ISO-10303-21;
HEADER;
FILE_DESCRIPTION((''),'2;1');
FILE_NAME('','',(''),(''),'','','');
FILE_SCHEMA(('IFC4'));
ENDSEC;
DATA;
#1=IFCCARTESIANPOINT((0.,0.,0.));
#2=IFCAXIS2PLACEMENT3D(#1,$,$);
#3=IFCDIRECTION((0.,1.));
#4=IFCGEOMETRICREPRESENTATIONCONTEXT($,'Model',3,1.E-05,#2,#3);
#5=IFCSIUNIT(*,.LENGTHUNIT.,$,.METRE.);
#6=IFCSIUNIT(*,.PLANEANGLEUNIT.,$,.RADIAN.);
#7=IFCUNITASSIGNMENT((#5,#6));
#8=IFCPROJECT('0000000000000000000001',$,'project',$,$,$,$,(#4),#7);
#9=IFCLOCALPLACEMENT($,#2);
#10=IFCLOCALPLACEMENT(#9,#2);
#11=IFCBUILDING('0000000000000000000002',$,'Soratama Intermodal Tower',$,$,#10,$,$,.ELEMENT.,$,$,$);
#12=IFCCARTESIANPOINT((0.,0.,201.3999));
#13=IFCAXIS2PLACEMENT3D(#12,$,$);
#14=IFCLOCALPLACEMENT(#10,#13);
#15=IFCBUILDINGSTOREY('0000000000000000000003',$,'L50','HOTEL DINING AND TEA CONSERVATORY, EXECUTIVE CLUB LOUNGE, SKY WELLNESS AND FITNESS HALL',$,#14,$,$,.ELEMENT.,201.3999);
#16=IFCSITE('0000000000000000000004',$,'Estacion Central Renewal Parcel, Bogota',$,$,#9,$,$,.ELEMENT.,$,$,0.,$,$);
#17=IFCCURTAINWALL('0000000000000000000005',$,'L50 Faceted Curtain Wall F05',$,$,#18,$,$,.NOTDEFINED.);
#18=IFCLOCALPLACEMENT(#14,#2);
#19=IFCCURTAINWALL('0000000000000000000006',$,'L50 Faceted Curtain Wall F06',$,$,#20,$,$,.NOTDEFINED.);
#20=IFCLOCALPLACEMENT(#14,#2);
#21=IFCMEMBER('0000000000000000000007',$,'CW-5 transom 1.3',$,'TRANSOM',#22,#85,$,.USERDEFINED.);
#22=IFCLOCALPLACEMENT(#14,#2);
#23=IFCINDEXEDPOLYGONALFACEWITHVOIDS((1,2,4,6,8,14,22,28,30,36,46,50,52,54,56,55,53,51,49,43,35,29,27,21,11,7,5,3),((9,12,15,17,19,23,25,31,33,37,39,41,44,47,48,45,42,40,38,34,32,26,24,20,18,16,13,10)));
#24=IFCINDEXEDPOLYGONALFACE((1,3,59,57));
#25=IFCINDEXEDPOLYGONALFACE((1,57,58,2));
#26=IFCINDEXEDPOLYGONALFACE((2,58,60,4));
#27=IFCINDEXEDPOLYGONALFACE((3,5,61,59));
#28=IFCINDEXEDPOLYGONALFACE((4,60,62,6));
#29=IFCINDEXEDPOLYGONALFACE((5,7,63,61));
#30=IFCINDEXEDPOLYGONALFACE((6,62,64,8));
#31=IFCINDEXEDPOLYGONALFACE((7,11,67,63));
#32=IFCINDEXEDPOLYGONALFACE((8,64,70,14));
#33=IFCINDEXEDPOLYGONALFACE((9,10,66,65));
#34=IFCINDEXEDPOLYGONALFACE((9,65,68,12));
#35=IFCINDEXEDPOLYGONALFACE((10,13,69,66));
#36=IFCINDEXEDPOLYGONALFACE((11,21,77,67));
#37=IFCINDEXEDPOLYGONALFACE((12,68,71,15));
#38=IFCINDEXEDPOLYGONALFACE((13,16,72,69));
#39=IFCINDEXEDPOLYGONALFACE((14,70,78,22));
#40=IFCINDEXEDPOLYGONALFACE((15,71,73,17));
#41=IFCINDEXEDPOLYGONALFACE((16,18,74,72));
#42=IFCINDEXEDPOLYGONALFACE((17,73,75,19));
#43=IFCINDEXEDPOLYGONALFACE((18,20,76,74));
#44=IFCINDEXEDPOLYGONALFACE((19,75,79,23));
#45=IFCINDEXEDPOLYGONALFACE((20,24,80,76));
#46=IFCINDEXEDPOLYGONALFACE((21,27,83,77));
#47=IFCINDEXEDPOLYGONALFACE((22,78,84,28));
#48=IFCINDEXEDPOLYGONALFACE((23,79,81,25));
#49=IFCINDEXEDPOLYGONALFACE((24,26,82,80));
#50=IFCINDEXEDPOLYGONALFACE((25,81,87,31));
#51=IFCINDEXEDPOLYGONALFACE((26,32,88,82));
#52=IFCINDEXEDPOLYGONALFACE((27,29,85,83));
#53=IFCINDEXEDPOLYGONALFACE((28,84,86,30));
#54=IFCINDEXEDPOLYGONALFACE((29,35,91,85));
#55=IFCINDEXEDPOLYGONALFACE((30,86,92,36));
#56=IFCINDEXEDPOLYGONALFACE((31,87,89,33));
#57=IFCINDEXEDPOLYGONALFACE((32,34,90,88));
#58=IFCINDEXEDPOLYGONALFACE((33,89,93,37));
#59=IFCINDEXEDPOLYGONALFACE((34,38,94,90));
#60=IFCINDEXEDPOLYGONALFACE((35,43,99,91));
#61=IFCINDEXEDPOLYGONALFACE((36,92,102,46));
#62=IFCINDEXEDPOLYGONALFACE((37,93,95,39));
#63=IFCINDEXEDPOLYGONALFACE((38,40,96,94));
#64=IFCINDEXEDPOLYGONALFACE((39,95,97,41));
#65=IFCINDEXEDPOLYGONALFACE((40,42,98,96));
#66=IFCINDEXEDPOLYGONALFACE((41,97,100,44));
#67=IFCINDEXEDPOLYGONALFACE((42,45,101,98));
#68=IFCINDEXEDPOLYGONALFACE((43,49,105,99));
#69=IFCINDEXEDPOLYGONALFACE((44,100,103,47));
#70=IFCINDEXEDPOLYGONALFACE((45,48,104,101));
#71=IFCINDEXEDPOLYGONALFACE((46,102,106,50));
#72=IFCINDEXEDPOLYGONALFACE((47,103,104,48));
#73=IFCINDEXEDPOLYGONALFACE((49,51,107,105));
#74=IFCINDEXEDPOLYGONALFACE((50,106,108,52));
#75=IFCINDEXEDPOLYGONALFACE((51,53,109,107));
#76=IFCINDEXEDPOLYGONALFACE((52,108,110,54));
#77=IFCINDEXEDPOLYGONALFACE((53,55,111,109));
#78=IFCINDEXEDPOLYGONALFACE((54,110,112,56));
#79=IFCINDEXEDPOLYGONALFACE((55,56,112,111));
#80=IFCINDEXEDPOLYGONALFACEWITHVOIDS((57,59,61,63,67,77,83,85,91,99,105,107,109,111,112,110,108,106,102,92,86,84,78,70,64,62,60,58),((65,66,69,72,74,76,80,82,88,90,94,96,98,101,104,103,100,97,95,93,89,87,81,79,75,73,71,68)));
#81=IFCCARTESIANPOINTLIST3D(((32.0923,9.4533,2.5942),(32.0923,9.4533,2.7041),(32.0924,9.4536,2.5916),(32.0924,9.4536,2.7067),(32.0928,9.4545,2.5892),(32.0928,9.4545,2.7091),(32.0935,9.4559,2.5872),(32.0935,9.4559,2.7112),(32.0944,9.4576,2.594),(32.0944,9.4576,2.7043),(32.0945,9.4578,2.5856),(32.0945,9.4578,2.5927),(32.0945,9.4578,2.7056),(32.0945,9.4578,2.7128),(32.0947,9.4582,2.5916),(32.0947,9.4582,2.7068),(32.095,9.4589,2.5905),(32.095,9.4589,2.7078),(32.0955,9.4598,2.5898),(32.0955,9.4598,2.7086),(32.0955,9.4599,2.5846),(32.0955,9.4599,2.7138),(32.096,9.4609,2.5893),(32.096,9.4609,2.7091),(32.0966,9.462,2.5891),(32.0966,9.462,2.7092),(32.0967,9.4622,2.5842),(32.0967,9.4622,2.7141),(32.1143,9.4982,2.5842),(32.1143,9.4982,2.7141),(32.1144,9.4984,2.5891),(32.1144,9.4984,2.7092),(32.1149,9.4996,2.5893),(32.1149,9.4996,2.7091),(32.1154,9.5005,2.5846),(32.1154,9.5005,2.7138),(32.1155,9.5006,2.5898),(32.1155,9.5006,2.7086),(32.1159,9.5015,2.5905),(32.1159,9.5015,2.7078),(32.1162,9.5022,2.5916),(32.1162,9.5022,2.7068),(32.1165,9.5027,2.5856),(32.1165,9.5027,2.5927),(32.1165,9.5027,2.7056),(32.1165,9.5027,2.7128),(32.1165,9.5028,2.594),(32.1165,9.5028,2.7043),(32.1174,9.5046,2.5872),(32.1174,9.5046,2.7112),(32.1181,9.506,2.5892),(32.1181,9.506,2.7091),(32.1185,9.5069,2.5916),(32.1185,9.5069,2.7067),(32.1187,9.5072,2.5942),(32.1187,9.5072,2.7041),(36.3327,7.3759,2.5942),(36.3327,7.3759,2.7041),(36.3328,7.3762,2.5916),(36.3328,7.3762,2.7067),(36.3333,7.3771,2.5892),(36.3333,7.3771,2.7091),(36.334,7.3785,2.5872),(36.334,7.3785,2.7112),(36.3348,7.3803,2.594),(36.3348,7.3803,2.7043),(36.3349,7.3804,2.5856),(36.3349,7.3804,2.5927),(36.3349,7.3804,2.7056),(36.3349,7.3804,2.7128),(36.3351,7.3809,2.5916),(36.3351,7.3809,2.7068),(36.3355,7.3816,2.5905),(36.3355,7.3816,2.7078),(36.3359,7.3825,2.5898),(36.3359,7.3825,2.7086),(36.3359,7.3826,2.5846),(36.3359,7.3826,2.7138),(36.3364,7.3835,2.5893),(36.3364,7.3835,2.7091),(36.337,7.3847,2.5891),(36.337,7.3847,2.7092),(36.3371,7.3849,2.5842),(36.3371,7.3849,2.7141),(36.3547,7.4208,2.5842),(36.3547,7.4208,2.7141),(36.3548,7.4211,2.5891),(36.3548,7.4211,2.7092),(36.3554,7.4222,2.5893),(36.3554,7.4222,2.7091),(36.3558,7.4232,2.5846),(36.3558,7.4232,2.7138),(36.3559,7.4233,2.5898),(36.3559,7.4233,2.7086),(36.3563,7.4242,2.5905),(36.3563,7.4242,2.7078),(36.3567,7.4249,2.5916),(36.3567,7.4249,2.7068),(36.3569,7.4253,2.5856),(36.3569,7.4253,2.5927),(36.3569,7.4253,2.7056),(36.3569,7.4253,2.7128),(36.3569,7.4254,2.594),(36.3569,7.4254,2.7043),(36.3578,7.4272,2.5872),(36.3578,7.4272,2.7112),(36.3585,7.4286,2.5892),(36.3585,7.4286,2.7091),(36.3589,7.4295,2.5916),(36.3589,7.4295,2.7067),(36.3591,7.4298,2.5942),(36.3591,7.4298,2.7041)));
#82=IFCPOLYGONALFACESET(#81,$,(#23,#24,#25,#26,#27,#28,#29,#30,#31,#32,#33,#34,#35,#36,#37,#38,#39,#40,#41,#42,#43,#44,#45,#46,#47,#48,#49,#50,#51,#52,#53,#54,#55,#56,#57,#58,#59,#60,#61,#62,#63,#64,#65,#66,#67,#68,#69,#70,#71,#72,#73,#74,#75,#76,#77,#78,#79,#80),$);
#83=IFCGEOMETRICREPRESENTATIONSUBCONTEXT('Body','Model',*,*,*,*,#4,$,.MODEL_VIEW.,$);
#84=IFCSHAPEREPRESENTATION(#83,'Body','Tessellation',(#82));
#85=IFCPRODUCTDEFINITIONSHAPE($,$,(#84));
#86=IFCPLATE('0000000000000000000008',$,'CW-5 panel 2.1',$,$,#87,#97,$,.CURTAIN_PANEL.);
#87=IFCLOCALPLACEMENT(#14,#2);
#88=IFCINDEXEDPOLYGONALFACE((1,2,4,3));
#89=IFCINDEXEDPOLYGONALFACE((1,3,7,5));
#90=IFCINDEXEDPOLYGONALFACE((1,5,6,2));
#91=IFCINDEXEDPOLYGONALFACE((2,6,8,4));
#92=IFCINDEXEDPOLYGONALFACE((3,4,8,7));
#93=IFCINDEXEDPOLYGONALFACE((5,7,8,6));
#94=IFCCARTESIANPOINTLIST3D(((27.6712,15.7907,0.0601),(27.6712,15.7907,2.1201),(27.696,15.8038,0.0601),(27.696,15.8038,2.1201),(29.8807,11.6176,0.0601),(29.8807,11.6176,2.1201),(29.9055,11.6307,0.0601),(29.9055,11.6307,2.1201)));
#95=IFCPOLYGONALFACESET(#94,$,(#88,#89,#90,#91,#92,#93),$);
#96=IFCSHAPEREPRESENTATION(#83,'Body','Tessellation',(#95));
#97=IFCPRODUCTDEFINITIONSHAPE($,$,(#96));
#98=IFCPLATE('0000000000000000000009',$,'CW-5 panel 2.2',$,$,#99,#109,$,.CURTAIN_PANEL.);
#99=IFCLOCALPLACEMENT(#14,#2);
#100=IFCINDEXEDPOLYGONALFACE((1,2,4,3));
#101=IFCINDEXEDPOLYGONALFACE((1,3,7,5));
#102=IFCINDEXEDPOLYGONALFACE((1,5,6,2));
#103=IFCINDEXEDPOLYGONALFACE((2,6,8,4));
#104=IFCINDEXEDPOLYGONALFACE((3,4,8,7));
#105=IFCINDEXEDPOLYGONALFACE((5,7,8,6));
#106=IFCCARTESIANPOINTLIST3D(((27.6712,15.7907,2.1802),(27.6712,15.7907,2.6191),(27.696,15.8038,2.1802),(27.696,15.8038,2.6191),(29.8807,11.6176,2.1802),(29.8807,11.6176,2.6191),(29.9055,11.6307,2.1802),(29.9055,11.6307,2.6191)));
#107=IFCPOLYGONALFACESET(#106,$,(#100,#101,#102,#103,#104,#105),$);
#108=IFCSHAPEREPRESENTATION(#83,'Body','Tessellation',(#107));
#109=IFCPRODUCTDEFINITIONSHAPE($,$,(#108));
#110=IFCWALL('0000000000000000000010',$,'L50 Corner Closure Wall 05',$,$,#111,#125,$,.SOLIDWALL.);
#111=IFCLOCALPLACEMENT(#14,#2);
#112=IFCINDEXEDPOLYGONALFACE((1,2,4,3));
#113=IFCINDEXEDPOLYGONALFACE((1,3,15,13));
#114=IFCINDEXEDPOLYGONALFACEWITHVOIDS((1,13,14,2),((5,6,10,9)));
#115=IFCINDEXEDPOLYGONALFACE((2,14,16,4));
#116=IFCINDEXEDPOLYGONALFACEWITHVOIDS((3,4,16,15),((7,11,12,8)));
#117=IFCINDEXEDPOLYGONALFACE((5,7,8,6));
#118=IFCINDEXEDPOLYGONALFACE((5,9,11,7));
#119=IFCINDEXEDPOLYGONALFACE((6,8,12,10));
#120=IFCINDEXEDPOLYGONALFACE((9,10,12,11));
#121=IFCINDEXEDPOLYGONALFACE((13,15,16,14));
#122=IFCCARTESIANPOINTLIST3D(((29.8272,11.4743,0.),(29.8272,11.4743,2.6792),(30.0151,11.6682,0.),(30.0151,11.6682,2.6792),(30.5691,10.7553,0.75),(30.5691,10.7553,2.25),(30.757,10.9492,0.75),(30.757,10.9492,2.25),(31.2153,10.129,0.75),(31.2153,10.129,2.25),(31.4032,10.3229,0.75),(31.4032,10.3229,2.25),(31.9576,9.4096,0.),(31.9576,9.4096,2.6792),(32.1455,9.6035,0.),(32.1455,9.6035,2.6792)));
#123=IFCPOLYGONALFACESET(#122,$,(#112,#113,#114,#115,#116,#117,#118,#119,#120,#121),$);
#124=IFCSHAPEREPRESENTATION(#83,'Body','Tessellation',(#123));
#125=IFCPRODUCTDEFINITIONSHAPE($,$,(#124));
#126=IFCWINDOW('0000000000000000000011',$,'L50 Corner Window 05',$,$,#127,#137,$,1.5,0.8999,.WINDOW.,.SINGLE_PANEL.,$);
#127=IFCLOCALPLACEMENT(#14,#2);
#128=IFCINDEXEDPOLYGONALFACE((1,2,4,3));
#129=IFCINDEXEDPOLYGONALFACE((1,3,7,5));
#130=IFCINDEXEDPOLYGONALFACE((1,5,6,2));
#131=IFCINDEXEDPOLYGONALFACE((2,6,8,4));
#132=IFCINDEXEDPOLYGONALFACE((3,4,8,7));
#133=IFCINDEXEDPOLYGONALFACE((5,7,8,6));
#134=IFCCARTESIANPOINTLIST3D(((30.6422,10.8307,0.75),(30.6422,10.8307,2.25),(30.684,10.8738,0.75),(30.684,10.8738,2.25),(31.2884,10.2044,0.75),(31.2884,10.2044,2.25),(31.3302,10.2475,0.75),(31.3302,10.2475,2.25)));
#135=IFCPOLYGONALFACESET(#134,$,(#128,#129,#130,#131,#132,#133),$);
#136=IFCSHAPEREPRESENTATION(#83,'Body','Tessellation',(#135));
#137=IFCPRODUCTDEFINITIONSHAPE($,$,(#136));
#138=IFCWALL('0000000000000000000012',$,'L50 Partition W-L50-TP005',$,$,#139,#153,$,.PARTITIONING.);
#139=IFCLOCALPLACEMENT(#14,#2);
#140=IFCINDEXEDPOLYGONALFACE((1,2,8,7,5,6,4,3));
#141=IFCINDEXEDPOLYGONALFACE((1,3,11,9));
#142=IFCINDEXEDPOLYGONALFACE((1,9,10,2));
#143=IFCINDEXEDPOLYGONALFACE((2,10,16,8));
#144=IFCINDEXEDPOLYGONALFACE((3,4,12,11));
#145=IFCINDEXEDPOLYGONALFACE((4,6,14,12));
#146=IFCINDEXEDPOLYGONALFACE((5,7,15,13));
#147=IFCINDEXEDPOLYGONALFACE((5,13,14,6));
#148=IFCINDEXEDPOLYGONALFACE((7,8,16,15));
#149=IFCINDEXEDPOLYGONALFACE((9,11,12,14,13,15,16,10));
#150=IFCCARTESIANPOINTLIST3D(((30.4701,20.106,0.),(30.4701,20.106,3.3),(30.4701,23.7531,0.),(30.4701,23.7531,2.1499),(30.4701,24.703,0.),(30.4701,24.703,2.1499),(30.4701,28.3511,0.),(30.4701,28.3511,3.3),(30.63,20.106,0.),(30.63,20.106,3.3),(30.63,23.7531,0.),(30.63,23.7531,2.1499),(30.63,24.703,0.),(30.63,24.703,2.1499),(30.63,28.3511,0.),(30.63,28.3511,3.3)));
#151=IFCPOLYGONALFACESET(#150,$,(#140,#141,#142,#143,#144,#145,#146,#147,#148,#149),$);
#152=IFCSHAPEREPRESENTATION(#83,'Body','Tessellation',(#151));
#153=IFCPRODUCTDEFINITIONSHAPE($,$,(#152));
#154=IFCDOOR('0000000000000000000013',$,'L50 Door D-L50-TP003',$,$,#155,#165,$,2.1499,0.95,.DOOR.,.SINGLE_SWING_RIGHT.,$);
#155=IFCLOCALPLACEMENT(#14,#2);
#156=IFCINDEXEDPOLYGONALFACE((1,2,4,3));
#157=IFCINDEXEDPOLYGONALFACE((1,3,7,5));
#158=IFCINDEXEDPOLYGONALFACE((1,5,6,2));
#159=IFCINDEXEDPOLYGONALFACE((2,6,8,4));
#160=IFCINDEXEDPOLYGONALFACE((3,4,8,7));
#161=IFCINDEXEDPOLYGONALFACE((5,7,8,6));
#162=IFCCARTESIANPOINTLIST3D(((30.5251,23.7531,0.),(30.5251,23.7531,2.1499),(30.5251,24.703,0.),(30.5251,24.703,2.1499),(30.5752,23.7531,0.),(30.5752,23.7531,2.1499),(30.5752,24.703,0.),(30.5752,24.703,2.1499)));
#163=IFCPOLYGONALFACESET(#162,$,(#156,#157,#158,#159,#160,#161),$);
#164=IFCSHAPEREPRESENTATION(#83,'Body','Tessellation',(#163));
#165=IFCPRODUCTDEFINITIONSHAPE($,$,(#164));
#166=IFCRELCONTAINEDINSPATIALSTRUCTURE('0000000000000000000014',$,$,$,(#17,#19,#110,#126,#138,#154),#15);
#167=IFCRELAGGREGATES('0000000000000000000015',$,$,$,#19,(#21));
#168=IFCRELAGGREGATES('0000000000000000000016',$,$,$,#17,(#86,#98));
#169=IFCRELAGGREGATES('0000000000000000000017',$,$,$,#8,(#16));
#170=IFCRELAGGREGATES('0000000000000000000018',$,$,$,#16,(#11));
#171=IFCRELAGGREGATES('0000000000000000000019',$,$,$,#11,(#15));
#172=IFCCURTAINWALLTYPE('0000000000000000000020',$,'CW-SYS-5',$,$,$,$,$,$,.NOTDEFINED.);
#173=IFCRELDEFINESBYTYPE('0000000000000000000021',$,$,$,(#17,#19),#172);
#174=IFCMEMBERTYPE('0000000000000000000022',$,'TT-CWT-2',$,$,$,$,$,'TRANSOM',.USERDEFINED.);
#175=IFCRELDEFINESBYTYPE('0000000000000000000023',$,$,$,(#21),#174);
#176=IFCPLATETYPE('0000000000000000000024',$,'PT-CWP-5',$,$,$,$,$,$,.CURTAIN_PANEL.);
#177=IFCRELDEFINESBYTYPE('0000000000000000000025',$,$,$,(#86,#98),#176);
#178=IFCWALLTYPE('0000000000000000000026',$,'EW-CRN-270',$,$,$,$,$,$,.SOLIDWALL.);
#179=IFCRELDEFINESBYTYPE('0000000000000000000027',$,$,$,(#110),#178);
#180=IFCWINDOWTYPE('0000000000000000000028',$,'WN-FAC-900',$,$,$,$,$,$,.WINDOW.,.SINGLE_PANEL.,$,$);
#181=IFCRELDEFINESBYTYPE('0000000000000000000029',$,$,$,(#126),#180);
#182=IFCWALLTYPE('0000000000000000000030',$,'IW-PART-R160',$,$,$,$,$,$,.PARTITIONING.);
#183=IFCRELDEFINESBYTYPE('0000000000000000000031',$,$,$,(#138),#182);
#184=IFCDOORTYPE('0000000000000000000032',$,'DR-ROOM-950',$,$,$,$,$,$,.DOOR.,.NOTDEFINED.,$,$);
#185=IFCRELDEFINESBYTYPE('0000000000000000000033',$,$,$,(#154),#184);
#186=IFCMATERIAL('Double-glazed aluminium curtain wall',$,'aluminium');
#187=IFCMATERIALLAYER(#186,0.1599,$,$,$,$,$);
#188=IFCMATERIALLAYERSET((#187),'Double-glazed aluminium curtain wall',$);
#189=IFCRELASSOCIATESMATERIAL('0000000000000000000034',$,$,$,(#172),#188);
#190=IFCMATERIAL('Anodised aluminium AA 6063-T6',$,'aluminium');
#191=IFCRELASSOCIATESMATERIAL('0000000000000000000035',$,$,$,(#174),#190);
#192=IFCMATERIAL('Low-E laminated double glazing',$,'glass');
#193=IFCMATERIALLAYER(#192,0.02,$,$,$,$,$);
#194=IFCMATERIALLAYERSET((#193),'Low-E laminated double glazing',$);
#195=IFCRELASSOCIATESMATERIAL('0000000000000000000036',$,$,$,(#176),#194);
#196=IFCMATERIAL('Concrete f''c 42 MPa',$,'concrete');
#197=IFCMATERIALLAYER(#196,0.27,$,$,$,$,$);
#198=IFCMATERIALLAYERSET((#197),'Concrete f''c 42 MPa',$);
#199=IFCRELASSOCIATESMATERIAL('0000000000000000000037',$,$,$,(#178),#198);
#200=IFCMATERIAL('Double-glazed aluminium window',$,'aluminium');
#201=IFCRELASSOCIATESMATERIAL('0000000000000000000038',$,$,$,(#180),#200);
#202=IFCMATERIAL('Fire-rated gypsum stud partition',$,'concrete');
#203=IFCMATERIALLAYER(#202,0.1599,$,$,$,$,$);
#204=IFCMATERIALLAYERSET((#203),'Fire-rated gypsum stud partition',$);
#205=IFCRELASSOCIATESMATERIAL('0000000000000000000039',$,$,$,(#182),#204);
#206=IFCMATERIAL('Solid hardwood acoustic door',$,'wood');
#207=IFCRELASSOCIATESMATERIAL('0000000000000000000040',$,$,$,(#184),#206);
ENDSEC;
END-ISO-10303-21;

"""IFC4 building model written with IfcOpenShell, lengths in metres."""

from ifc_helpers import new_model, si_unit, direction, frame, frame_2d, origin, origin_2d, place, context, subcontext, project, spatial, rectangle, hollow_rectangle, extrude, material, layer, layer_set, material_profile, profile_set, type_object, element, fill, aggregate, save


model = new_model("IFC4")

# Units and contexts
model_context = context("Model", 3, precision=1e-05, world=origin(), true_north=direction((0.0, 1.0)))
body_context = subcontext(model_context, "Body", "Model", "MODEL_VIEW")
ifc_project = project(units=[si_unit("LENGTHUNIT", "METRE"), si_unit("PLANEANGLEUNIT", "RADIAN")], contexts=[model_context])

# Site, building, storey
site_placement = place(None, origin())
site = spatial("IfcSite", under=ifc_project, at=site_placement, Name="Estacion Central Renewal Parcel, Bogota", CompositionType="ELEMENT", RefElevation=0.0)
building_placement = place(site_placement, origin())
building = spatial("IfcBuilding", under=site, at=building_placement, Name="Soratama Intermodal Tower", CompositionType="ELEMENT")
storey_placement = place(building_placement, frame((0.0, 0.0, 201.3999)))
storey = spatial("IfcBuildingStorey", under=building, at=storey_placement, Name="L50", Description="HOTEL DINING AND TEA CONSERVATORY, EXECUTIVE CLUB LOUNGE, SKY WELLNESS AND FITNESS HALL", CompositionType="ELEMENT", Elevation=201.3999)

# Curtain wall
ifc_material_1 = material(Name="Double-glazed aluminium curtain wall", Category="aluminium")
ifc_layer_1 = layer(ifc_material_1, 0.1599)
ifc_layer_set_1 = layer_set([ifc_layer_1], Name="Double-glazed aluminium curtain wall")
curtain_wall_type = type_object("IfcCurtainWallType", Name="CW-SYS-5", PredefinedType="NOTDEFINED", material=ifc_layer_set_1)
curtain_wall_1_placement = place(storey_placement, origin())
curtain_wall_1 = element("IfcCurtainWall", 1, at=curtain_wall_1_placement, inside=storey, type_object=curtain_wall_type, Name="L50 Faceted Curtain Wall F05", PredefinedType="NOTDEFINED")

# Curtain wall
curtain_wall_2_placement = place(storey_placement, origin())
curtain_wall_2 = element("IfcCurtainWall", 2, at=curtain_wall_2_placement, inside=storey, type_object=curtain_wall_type, Name="L50 Faceted Curtain Wall F06", PredefinedType="NOTDEFINED")

# Member
ifc_material_2 = material(Name="Anodised aluminium AA 6063-T6", Category="aluminium")
ifc_material_profile_1 = material_profile(ifc_material_2, hollow_rectangle(XDim=0.0601, YDim=0.1299, WallThickness=0.0049, InnerFilletRadius=0.0049, OuterFilletRadius=0.01, at=origin_2d()), Name="CWT130X60X5")
ifc_profile_set_1 = profile_set([ifc_material_profile_1], Name="Anodised aluminium AA 6063-T6")
member_type_1 = type_object("IfcMemberType", Name="TT-CWT-2", ElementType="TRANSOM", PredefinedType="USERDEFINED", material=ifc_profile_set_1)
member_1_placement = place(storey_placement, frame((32.1055, 9.4802, 2.6492), z_axis=(0.898027, -0.43994, 0.0), x_axis=(0.43994, 0.898027, 0.0)))
member_1 = element("IfcMember", 3, at=member_1_placement, type_object=member_type_1, Name="CW-5 transom 1.3", ObjectType="TRANSOM", PredefinedType="USERDEFINED", context=body_context, shape_type="SweptSolid", body=[
    extrude(hollow_rectangle(XDim=0.0601, YDim=0.1299, WallThickness=0.0049, InnerFilletRadius=0.0049, OuterFilletRadius=0.01, at=origin_2d()), origin(), (0.0, 0.0, 1.0), 4.7219),
])
aggregate(curtain_wall_2, [member_1])

# Plates
ifc_material_3 = material(Name="Low-E laminated double glazing", Category="glass")
ifc_layer_2 = layer(ifc_material_3, 0.02)
ifc_layer_set_2 = layer_set([ifc_layer_2], Name="Low-E laminated double glazing")
plate_type = type_object("IfcPlateType", Name="PT-CWP-5", PredefinedType="CURTAIN_PANEL", material=ifc_layer_set_2)
plate_1_placement = place(storey_placement, frame((28.7883, 13.7107, 0.0601), z_axis=(0.0, 0.0, 1.0), x_axis=(0.467932, -0.883765, 0.0)))
plate_1 = element("IfcPlate", 4, at=plate_1_placement, type_object=plate_type, Name="CW-5 panel 2.1", PredefinedType="CURTAIN_PANEL", context=body_context, shape_type="SweptSolid", body=[
    extrude(rectangle(XDim=4.7219, YDim=0.0281, at=origin_2d()), origin(), (0.0, 0.0, 1.0), 2.0601),
])
plate_2_placement = place(storey_placement, frame((28.7883, 13.7107, 2.1802), z_axis=(0.0, 0.0, 1.0), x_axis=(0.467932, -0.883765, 0.0)))
plate_2 = element("IfcPlate", 5, at=plate_2_placement, type_object=plate_type, Name="CW-5 panel 2.2", PredefinedType="CURTAIN_PANEL", context=body_context, shape_type="SweptSolid", body=[
    extrude(rectangle(XDim=4.7219, YDim=0.0281, at=origin_2d()), origin(), (0.0, 0.0, 1.0), 0.439),
])
aggregate(curtain_wall_1, [plate_1, plate_2])

# Wall, opening, window
ifc_material_4 = material(Name="Concrete f'c 42 MPa", Category="concrete")
ifc_layer_3 = layer(ifc_material_4, 0.27)
ifc_layer_set_3 = layer_set([ifc_layer_3], Name="Concrete f'c 42 MPa")
wall_type_1 = type_object("IfcWallType", Name="EW-CRN-270", PredefinedType="SOLIDWALL", material=ifc_layer_set_3)
wall_1_placement = place(storey_placement, frame((29.9211, 11.5713, 0.0), z_axis=(0.0, 0.0, 1.0), x_axis=(0.718089, -0.695952, 0.0)))
wall_1 = element("IfcWall", 6, at=wall_1_placement, inside=storey, type_object=wall_type_1, Name="L50 Corner Closure Wall 05", PredefinedType="SOLIDWALL", context=body_context, shape_type="SweptSolid", body=[
    extrude(rectangle(XDim=2.9668, YDim=0.27, at=frame_2d((1.4834, 0.0))), origin(), (0.0, 0.0, 1.0), 2.6792),
])
opening_1_placement = place(wall_1_placement, frame((1.0332, 0.0, 0.75)))
opening_1 = element("IfcOpeningElement", 7, at=opening_1_placement, cuts=wall_1, PredefinedType="OPENING", context=body_context, shape_type="SweptSolid", body=[
    extrude(rectangle(XDim=0.8999, YDim=1.5, at=frame_2d((0.45, 0.75))), frame((0.0, 0.145, 0.0), z_axis=(0.0, -1.0, 0.0), x_axis=(1.0, 0.0, 0.0)), (0.0, 0.0, 1.0), 0.29),
])
ifc_material_5 = material(Name="Double-glazed aluminium window", Category="aluminium")
window_type = type_object("IfcWindowType", Name="WN-FAC-900", PartitioningType="SINGLE_PANEL", PredefinedType="WINDOW", material=ifc_material_5)
window_placement = place(opening_1_placement, origin())
window = element("IfcWindow", 8, at=window_placement, inside=storey, type_object=window_type, Name="L50 Corner Window 05", OverallHeight=1.5, OverallWidth=0.8999, PartitioningType="SINGLE_PANEL", PredefinedType="WINDOW", context=body_context, shape_type="SweptSolid", body=[
    extrude(rectangle(XDim=0.8999, YDim=1.5, at=frame_2d((0.45, 0.75))), frame((0.0, 0.03, 0.0), z_axis=(0.0, -1.0, 0.0), x_axis=(1.0, 0.0, 0.0)), (0.0, 0.0, 1.0), 0.0601),
])
fill(opening_1, window)

# Wall, opening, door
ifc_material_6 = material(Name="Fire-rated gypsum stud partition", Category="concrete")
ifc_layer_4 = layer(ifc_material_6, 0.1599)
ifc_layer_set_4 = layer_set([ifc_layer_4], Name="Fire-rated gypsum stud partition")
wall_type_2 = type_object("IfcWallType", Name="IW-PART-R160", PredefinedType="PARTITIONING", material=ifc_layer_set_4)
wall_2_placement = place(storey_placement, frame((30.55, 20.106, 0.0), z_axis=(0.0, 0.0, 1.0), x_axis=(0.0, 1.0, 0.0)))
wall_2 = element("IfcWall", 9, at=wall_2_placement, inside=storey, type_object=wall_type_2, Name="L50 Partition W-L50-TP005", PredefinedType="PARTITIONING", context=body_context, shape_type="SweptSolid", body=[
    extrude(rectangle(XDim=8.2451, YDim=0.1599, at=frame_2d((4.1226, 0.0))), origin(), (0.0, 0.0, 1.0), 3.3),
])
opening_2_placement = place(wall_2_placement, frame((3.647, 0.0, 0.0)))
opening_2 = element("IfcOpeningElement", 10, at=opening_2_placement, cuts=wall_2, PredefinedType="OPENING", context=body_context, shape_type="SweptSolid", body=[
    extrude(rectangle(XDim=0.95, YDim=2.1499, at=frame_2d((0.4751, 1.075))), frame((0.0, 0.0898, 0.0), z_axis=(0.0, -1.0, 0.0), x_axis=(1.0, 0.0, 0.0)), (0.0, 0.0, 1.0), 0.1799),
])
ifc_material_7 = material(Name="Solid hardwood acoustic door", Category="wood")
door_type = type_object("IfcDoorType", Name="DR-ROOM-950", OperationType="NOTDEFINED", PredefinedType="DOOR", material=ifc_material_7)
door_1_placement = place(opening_2_placement, origin())
door_1 = element("IfcDoor", 11, at=door_1_placement, inside=storey, type_object=door_type, Name="L50 Door D-L50-TP003", OperationType="SINGLE_SWING_RIGHT", OverallHeight=2.1499, OverallWidth=0.95, PredefinedType="DOOR", context=body_context, shape_type="SweptSolid", body=[
    extrude(rectangle(XDim=0.95, YDim=2.1499, at=frame_2d((0.4751, 1.075))), frame((0.0, 0.0249, 0.0), z_axis=(0.0, -1.0, 0.0), x_axis=(1.0, 0.0, 0.0)), (0.0, 0.0, 1.0), 0.05),
])
fill(opening_2, door_1)

save(model, "model.ifc")
